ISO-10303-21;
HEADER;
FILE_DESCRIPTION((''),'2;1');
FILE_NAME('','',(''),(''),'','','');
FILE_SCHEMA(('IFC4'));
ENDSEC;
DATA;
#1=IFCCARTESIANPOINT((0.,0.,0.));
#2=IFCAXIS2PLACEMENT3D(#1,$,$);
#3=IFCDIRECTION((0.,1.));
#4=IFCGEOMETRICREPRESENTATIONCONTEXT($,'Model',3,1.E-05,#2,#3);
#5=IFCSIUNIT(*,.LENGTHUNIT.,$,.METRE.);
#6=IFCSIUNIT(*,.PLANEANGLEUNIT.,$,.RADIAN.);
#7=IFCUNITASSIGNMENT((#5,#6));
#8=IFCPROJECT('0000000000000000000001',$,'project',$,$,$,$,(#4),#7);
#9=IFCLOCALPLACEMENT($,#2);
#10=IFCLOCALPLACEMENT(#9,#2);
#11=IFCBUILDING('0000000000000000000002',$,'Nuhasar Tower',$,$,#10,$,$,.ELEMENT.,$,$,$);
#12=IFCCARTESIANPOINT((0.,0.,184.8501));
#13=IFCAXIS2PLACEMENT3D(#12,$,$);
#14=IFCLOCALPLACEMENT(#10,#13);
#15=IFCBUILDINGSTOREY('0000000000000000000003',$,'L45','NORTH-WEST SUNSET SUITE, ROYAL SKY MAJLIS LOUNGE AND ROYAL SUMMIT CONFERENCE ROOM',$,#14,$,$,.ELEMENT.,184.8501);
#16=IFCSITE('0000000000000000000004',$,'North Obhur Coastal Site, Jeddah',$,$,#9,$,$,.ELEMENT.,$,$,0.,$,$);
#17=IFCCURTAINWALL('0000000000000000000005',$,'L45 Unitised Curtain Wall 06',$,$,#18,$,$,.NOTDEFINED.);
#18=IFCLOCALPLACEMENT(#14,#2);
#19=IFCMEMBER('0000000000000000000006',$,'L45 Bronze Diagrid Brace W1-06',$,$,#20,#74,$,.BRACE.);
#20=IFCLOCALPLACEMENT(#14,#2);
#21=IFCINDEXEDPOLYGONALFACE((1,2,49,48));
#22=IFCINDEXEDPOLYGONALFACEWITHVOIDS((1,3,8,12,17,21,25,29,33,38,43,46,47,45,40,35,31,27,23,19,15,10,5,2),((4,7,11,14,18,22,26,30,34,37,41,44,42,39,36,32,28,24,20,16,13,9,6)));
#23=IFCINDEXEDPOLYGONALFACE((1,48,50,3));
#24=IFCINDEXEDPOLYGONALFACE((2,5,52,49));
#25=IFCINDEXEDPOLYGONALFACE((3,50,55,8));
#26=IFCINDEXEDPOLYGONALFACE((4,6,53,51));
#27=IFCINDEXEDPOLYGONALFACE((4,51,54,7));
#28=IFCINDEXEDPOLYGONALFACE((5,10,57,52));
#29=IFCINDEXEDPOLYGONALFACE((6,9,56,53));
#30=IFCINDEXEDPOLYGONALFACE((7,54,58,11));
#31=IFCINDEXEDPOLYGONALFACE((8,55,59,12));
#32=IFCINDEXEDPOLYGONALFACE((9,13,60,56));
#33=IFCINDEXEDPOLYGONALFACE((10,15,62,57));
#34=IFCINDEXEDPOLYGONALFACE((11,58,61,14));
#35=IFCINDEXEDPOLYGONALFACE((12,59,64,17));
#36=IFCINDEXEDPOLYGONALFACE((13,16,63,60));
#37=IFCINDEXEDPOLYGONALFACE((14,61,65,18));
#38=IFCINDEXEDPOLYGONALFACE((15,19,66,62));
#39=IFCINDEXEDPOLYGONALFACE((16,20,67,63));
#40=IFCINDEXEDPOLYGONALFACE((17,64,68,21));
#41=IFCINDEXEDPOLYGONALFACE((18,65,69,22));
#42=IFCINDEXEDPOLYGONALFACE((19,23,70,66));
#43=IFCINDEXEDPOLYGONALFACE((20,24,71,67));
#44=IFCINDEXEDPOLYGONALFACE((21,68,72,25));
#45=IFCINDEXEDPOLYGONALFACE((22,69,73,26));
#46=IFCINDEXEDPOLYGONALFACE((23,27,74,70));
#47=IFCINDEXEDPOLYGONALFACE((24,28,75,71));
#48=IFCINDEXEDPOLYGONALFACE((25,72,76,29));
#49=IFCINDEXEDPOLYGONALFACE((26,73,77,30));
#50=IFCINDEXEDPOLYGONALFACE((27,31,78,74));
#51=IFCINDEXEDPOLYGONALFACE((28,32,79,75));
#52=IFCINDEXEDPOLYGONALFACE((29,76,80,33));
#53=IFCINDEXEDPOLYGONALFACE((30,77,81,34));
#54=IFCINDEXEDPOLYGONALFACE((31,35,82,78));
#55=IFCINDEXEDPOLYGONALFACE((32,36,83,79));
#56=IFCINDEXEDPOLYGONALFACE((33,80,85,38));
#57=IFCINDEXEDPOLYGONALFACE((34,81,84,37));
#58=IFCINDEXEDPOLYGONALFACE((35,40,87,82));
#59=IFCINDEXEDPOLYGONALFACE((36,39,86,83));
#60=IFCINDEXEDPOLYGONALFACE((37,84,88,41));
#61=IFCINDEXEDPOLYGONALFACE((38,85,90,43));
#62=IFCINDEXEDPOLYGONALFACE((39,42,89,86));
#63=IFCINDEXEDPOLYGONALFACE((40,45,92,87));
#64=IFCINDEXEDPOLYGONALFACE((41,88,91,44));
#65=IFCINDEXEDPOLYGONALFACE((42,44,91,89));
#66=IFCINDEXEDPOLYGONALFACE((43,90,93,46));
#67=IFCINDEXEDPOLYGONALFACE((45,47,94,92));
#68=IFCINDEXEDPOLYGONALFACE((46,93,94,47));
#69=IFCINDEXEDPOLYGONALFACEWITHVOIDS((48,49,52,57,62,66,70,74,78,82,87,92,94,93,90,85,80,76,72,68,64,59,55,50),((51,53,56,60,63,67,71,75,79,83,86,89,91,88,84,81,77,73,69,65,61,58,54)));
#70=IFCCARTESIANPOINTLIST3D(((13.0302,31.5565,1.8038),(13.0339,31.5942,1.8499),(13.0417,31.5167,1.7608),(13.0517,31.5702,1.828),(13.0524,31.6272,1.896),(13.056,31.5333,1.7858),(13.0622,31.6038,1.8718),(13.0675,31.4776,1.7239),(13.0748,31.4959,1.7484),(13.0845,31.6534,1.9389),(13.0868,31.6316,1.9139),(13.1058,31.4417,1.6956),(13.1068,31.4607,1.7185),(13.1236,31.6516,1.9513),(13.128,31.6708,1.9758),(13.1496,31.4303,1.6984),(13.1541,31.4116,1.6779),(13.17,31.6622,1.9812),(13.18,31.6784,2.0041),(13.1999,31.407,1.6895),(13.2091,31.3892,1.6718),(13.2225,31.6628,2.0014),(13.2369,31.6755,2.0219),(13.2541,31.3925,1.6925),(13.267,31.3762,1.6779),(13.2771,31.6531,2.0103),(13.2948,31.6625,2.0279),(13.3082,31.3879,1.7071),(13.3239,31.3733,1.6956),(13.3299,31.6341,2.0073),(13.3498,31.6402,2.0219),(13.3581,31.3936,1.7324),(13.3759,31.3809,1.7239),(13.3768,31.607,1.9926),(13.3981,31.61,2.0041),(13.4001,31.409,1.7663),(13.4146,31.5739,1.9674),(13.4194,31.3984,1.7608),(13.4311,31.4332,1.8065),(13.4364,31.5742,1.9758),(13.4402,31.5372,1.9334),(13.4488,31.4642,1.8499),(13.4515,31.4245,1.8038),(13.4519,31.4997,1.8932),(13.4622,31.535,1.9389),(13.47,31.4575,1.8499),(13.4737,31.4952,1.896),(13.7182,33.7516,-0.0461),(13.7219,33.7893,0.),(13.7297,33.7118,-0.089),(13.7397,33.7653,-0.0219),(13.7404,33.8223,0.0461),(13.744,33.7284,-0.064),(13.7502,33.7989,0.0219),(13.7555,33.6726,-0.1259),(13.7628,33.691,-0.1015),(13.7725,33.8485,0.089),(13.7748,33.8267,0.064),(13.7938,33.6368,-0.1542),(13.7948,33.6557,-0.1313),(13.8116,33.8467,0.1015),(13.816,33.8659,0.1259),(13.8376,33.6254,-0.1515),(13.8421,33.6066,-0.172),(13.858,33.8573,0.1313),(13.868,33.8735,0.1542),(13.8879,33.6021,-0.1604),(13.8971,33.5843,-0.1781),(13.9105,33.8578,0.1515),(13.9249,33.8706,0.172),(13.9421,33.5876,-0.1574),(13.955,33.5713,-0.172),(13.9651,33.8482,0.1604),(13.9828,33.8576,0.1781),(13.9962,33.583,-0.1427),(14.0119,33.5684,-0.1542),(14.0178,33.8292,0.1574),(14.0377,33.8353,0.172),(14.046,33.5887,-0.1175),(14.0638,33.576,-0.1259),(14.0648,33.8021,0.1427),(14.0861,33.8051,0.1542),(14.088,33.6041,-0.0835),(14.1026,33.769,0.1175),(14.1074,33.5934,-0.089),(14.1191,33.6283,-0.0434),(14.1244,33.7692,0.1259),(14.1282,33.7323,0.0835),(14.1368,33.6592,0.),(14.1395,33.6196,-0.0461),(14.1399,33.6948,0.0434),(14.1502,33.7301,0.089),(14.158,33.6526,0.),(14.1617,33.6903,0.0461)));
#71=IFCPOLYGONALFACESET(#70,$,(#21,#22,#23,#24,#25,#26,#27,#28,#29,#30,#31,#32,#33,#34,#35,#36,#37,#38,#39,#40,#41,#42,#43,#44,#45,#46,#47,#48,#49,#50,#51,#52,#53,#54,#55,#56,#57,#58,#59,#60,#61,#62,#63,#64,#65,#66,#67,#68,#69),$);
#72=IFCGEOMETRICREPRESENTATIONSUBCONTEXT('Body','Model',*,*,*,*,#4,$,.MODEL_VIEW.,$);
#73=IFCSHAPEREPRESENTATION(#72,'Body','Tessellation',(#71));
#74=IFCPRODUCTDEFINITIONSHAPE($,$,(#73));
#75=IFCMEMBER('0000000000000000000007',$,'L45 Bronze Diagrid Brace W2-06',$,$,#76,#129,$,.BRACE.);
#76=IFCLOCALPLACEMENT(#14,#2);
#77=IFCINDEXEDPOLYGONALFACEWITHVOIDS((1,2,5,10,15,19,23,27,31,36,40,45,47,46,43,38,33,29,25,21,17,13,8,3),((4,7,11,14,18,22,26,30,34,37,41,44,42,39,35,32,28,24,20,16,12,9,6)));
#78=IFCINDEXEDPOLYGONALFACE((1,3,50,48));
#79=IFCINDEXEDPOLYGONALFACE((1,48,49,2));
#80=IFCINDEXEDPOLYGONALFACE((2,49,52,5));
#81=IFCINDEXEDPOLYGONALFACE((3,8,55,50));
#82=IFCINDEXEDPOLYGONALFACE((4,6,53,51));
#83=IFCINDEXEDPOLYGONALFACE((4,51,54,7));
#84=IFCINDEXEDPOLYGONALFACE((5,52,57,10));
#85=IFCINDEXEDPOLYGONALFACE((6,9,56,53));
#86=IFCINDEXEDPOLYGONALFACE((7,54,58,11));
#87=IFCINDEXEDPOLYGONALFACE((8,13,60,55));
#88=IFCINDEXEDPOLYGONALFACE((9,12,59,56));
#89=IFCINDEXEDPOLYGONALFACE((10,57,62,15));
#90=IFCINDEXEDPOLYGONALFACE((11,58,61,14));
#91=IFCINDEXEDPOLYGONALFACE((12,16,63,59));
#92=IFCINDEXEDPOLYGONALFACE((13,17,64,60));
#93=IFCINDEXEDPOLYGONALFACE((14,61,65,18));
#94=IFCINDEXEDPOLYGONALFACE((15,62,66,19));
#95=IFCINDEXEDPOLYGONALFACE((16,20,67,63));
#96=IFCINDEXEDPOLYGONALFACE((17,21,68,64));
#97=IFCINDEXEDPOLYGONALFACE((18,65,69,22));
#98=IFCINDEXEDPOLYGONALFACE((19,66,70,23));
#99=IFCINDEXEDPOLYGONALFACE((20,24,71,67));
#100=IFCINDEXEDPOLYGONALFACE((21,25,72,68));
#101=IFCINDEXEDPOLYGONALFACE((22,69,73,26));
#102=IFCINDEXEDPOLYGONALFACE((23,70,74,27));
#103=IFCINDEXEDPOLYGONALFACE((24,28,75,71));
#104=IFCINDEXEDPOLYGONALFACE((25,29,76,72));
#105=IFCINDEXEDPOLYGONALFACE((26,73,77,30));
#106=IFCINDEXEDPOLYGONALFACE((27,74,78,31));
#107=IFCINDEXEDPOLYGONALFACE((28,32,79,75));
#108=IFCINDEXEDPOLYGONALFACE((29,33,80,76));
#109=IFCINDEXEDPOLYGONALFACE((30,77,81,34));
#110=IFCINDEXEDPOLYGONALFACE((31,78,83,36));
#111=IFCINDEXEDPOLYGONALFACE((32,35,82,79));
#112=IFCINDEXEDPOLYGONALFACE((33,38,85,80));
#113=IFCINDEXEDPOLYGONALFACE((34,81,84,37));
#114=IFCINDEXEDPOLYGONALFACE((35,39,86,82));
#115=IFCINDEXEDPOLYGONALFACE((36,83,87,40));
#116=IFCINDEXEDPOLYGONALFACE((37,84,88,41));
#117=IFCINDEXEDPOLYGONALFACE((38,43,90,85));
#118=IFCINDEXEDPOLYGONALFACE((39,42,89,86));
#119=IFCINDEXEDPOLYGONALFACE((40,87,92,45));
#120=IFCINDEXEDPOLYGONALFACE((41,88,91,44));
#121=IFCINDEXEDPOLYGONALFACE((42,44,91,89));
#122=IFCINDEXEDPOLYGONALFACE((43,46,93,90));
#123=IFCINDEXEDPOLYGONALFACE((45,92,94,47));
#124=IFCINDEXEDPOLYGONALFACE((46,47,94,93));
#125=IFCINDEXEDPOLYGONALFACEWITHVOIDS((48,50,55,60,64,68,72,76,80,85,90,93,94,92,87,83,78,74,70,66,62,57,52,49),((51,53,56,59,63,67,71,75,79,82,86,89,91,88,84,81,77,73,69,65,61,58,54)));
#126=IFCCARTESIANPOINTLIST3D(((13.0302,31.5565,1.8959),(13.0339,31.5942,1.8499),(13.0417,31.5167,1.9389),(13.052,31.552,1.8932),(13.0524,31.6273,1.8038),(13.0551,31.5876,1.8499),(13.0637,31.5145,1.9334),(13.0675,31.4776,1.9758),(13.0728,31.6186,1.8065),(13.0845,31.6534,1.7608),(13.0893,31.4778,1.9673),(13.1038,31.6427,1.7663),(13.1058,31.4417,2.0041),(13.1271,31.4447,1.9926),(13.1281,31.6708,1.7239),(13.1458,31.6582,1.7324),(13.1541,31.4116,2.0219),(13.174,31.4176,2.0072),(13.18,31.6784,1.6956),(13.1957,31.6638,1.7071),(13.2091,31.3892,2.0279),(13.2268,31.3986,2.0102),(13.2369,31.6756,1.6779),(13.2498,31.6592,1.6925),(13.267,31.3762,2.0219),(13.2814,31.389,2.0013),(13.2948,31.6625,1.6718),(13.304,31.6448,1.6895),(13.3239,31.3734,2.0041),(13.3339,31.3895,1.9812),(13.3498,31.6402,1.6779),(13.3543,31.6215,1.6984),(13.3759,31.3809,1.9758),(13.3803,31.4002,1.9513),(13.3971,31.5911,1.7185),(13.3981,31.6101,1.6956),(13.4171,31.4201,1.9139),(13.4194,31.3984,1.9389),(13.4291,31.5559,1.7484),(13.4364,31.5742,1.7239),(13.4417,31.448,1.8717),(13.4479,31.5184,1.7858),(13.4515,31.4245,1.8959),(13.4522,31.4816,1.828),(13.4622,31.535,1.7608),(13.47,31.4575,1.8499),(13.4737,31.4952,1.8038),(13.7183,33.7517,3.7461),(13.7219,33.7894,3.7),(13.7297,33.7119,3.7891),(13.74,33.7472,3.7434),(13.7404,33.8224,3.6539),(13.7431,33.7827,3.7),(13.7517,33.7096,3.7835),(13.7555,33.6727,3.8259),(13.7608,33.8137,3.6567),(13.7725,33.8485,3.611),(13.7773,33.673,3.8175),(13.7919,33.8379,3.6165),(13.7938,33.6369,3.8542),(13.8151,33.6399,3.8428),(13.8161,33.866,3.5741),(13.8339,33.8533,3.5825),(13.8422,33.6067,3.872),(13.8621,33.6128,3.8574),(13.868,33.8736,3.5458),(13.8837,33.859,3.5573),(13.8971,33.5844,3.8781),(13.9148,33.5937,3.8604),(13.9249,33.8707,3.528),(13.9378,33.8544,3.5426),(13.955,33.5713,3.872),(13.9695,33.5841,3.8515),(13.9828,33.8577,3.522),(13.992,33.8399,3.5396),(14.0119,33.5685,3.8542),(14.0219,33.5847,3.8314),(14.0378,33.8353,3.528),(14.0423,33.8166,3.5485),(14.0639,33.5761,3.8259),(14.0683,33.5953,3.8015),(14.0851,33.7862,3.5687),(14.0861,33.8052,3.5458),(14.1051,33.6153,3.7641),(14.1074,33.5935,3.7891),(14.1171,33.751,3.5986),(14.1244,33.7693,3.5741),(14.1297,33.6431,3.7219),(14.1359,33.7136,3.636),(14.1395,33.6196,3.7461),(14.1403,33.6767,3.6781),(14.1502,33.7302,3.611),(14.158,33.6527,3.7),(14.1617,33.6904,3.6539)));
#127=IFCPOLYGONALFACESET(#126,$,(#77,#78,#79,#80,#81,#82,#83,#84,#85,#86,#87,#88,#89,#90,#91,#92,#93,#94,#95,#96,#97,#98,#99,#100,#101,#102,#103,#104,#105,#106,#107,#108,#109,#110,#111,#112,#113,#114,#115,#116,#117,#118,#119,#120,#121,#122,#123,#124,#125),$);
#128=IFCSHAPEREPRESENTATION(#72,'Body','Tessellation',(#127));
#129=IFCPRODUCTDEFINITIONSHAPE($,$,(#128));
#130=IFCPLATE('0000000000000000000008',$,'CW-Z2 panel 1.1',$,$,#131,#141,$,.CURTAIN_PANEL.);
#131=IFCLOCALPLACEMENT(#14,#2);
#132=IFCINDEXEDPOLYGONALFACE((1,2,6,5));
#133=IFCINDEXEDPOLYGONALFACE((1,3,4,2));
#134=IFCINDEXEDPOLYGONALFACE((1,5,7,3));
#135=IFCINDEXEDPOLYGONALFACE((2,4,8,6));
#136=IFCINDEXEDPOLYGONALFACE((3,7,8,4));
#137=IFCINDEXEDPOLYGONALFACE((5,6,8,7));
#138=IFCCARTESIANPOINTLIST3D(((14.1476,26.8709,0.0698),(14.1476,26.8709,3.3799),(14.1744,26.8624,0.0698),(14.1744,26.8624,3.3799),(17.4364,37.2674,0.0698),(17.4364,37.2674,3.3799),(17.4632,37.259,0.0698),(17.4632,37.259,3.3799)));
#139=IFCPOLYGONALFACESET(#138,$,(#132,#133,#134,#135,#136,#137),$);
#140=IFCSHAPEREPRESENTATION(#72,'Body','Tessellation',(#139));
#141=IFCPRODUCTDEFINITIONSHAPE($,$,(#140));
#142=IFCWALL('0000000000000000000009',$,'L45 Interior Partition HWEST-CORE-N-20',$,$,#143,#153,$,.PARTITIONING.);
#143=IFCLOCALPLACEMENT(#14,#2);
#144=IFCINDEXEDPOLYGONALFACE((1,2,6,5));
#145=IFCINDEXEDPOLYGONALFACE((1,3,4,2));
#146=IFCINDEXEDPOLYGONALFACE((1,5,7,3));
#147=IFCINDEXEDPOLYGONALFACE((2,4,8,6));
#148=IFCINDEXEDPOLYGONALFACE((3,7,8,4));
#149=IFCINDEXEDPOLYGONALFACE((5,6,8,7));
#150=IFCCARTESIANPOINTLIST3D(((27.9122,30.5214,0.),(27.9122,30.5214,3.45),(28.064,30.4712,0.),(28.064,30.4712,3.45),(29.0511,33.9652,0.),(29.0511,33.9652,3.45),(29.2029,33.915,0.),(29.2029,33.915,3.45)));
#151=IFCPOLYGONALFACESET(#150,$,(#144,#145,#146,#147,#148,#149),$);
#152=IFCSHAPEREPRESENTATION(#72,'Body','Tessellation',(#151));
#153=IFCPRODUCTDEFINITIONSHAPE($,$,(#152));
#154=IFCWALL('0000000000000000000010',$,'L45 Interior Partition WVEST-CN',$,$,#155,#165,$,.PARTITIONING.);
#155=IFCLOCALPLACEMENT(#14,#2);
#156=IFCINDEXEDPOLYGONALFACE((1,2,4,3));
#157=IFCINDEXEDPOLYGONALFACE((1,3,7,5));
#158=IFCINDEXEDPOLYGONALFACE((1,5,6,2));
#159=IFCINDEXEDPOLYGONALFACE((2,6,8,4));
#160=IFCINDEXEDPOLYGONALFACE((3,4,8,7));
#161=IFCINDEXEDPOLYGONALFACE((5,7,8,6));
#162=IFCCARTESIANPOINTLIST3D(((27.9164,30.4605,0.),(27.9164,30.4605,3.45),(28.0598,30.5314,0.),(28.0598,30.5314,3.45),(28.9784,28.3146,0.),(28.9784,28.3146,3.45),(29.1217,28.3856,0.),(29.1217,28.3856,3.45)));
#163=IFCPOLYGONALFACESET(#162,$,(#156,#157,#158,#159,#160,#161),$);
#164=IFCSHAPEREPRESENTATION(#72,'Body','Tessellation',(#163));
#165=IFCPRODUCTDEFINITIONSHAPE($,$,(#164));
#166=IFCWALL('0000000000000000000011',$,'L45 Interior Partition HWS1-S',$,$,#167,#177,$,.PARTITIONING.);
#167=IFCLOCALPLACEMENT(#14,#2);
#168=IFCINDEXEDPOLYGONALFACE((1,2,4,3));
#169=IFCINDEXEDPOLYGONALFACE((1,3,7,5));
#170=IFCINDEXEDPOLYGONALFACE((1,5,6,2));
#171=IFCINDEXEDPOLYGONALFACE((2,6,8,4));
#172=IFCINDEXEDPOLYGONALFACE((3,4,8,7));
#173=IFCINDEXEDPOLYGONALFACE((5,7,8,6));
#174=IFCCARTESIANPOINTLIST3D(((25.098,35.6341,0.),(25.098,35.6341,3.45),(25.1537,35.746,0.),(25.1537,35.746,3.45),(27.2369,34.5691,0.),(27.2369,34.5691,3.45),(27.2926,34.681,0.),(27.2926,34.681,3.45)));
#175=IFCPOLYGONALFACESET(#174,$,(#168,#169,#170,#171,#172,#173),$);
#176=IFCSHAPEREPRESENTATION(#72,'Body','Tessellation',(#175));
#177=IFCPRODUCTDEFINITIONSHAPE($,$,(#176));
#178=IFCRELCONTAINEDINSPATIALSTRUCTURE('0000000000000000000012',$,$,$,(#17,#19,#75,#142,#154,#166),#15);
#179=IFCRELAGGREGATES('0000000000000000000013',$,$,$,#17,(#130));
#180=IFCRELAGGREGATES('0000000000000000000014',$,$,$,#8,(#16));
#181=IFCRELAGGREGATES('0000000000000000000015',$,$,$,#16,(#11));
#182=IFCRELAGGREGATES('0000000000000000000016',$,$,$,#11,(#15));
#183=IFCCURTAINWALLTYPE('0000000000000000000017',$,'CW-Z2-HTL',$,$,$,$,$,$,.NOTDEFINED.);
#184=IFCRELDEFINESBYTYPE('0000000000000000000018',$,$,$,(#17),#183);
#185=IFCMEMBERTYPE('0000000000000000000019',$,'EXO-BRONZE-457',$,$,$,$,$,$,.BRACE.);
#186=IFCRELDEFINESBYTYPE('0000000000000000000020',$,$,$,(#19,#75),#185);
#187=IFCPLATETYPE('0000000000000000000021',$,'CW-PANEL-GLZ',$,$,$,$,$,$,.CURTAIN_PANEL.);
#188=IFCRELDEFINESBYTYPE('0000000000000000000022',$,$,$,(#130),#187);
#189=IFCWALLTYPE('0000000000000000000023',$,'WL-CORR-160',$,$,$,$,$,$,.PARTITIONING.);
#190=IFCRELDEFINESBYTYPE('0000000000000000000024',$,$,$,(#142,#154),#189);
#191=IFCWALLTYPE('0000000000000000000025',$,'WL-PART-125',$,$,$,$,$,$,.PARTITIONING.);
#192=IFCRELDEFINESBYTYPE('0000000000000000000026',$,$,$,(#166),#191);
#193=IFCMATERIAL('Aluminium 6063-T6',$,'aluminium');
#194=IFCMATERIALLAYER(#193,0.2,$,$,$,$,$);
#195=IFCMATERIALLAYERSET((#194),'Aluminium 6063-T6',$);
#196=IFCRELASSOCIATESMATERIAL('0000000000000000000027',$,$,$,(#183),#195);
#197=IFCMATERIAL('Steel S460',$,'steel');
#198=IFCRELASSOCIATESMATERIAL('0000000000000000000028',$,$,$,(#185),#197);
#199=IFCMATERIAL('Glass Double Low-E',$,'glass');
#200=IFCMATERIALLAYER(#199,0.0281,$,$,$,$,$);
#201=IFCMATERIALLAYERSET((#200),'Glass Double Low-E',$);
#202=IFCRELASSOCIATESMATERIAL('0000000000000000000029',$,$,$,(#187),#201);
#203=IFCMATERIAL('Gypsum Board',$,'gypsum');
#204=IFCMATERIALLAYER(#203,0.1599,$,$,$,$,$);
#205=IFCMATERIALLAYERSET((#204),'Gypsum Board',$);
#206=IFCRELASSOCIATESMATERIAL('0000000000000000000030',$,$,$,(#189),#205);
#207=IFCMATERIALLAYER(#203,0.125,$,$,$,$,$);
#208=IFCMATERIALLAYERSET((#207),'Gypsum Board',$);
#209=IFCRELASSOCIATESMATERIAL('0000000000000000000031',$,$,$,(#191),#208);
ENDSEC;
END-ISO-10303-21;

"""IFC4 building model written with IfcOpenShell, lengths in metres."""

from ifc_helpers import new_model, si_unit, direction, frame, frame_2d, origin, origin_2d, place, context, subcontext, project, spatial, rectangle, hollow_circle, extrude, material, layer, layer_set, material_profile, profile_set, type_object, element, aggregate, save


model = new_model("IFC4")

# Units and contexts
model_context = context("Model", 3, precision=1e-05, world=origin(), true_north=direction((0.0, 1.0)))
body_context = subcontext(model_context, "Body", "Model", "MODEL_VIEW")
ifc_project = project(units=[si_unit("LENGTHUNIT", "METRE"), si_unit("PLANEANGLEUNIT", "RADIAN")], contexts=[model_context])

# Site, building, storey
site_placement = place(None, origin())
site = spatial("IfcSite", under=ifc_project, at=site_placement, Name="North Obhur Coastal Site, Jeddah", CompositionType="ELEMENT", RefElevation=0.0)
building_placement = place(site_placement, origin())
building = spatial("IfcBuilding", under=site, at=building_placement, Name="Nuhasar Tower", CompositionType="ELEMENT")
storey_placement = place(building_placement, frame((0.0, 0.0, 184.8501)))
storey = spatial("IfcBuildingStorey", under=building, at=storey_placement, Name="L45", Description="NORTH-WEST SUNSET SUITE, ROYAL SKY MAJLIS LOUNGE AND ROYAL SUMMIT CONFERENCE ROOM", CompositionType="ELEMENT", Elevation=184.8501)

# Curtain wall
ifc_material_1 = material(Name="Aluminium 6063-T6", Category="aluminium")
ifc_layer_1 = layer(ifc_material_1, 0.2)
ifc_layer_set_1 = layer_set([ifc_layer_1], Name="Aluminium 6063-T6")
curtain_wall_type = type_object("IfcCurtainWallType", Name="CW-Z2-HTL", PredefinedType="NOTDEFINED", material=ifc_layer_set_1)
curtain_wall_placement = place(storey_placement, origin())
curtain_wall = element("IfcCurtainWall", 1, at=curtain_wall_placement, inside=storey, type_object=curtain_wall_type, Name="L45 Unitised Curtain Wall 06", PredefinedType="NOTDEFINED")

# Members
ifc_material_2 = material(Name="Steel S460", Category="steel")
ifc_material_profile_1 = material_profile(ifc_material_2, hollow_circle(Radius=0.2285, WallThickness=0.0222, at=origin_2d()), Name="HSS457X22.2")
ifc_profile_set_1 = profile_set([ifc_material_profile_1], Name="Steel S460")
member_type_1 = type_object("IfcMemberType", Name="EXO-BRONZE-457", PredefinedType="BRACE", material=ifc_profile_set_1)
member_1_placement = place(storey_placement, frame((13.9399, 33.7209, 0.0), z_axis=(-0.233068, -0.743616, 0.626669), x_axis=(0.954228, -0.299079, 0.0)))
element("IfcMember", 2, at=member_1_placement, inside=storey, type_object=member_type_1, Name="L45 Bronze Diagrid Brace W1-06", PredefinedType="BRACE", context=body_context, shape_type="SweptSolid", body=[
    extrude(hollow_circle(Radius=0.2285, WallThickness=0.0222, at=origin_2d()), origin(), (0.0, 0.0, 1.0), 2.9519),
])
member_2_placement = place(storey_placement, frame((13.252, 31.5259, 1.8499), z_axis=(0.233056, 0.743578, 0.626719), x_axis=(-0.954228, 0.299079, 0.0)))
element("IfcMember", 3, at=member_2_placement, inside=storey, type_object=member_type_1, Name="L45 Bronze Diagrid Brace W2-06", PredefinedType="BRACE", context=body_context, shape_type="SweptSolid", body=[
    extrude(hollow_circle(Radius=0.2285, WallThickness=0.0222, at=origin_2d()), origin(), (0.0, 0.0, 1.0), 2.9521),
])

# Plate
ifc_material_3 = material(Name="Glass Double Low-E", Category="glass")
ifc_layer_2 = layer(ifc_material_3, 0.0281)
ifc_layer_set_2 = layer_set([ifc_layer_2], Name="Glass Double Low-E")
plate_type = type_object("IfcPlateType", Name="CW-PANEL-GLZ", PredefinedType="CURTAIN_PANEL", material=ifc_layer_set_2)
plate_placement = place(storey_placement, frame((15.8054, 32.0649, 0.0698), z_axis=(0.0, 0.0, 1.0), x_axis=(-0.301604, -0.953433, 0.0)))
plate = element("IfcPlate", 4, at=plate_placement, type_object=plate_type, Name="CW-Z2 panel 1.1", PredefinedType="CURTAIN_PANEL", context=body_context, shape_type="SweptSolid", body=[
    extrude(rectangle(XDim=10.9043, YDim=0.0281, at=origin_2d()), origin(), (0.0, 0.0, 1.0), 3.3101),
])
aggregate(curtain_wall, [plate])

# Wall
ifc_material_4 = material(Name="Gypsum Board", Category="gypsum")
ifc_layer_3 = layer(ifc_material_4, 0.1599)
ifc_layer_set_3 = layer_set([ifc_layer_3], Name="Gypsum Board")
wall_type_1 = type_object("IfcWallType", Name="WL-CORR-160", PredefinedType="PARTITIONING", material=ifc_layer_set_3)
wall_1_placement = place(storey_placement, frame((29.127, 33.9399, 0.0), z_axis=(0.0, 0.0, 1.0), x_axis=(-0.313986, -0.949428, 0.0)))
element("IfcWall", 5, at=wall_1_placement, inside=storey, type_object=wall_type_1, Name="L45 Interior Partition HWEST-CORE-N-20", PredefinedType="PARTITIONING", context=body_context, shape_type="SweptSolid", body=[
    extrude(rectangle(XDim=3.6272, YDim=0.1599, at=frame_2d((1.8135, 0.0))), origin(), (0.0, 0.0, 1.0), 3.45),
])

# Walls
wall_2_placement = place(storey_placement, frame((27.988, 30.4961, 0.0), z_axis=(0.0, 0.0, 1.0), x_axis=(0.443539, -0.896255, 0.0)))
element("IfcWall", 6, at=wall_2_placement, inside=storey, type_object=wall_type_1, Name="L45 Interior Partition WVEST-CN", PredefinedType="PARTITIONING", context=body_context, shape_type="SweptSolid", body=[
    extrude(rectangle(XDim=2.3943, YDim=0.1599, at=frame_2d((1.1973, 0.0))), origin(), (0.0, 0.0, 1.0), 3.45),
])
ifc_layer_4 = layer(ifc_material_4, 0.125)
ifc_layer_set_4 = layer_set([ifc_layer_4], Name="Gypsum Board")
wall_type_2 = type_object("IfcWallType", Name="WL-PART-125", PredefinedType="PARTITIONING", material=ifc_layer_set_4)
wall_3_placement = place(storey_placement, frame((27.2649, 34.625, 0.0), z_axis=(0.0, 0.0, 1.0), x_axis=(-0.895182, 0.445701, 0.0)))
element("IfcWall", 7, at=wall_3_placement, inside=storey, type_object=wall_type_2, Name="L45 Interior Partition HWS1-S", PredefinedType="PARTITIONING", context=body_context, shape_type="SweptSolid", body=[
    extrude(rectangle(XDim=2.3894, YDim=0.125, at=frame_2d((1.1948, 0.0))), origin(), (0.0, 0.0, 1.0), 3.45),
])

save(model, "model.ifc")
